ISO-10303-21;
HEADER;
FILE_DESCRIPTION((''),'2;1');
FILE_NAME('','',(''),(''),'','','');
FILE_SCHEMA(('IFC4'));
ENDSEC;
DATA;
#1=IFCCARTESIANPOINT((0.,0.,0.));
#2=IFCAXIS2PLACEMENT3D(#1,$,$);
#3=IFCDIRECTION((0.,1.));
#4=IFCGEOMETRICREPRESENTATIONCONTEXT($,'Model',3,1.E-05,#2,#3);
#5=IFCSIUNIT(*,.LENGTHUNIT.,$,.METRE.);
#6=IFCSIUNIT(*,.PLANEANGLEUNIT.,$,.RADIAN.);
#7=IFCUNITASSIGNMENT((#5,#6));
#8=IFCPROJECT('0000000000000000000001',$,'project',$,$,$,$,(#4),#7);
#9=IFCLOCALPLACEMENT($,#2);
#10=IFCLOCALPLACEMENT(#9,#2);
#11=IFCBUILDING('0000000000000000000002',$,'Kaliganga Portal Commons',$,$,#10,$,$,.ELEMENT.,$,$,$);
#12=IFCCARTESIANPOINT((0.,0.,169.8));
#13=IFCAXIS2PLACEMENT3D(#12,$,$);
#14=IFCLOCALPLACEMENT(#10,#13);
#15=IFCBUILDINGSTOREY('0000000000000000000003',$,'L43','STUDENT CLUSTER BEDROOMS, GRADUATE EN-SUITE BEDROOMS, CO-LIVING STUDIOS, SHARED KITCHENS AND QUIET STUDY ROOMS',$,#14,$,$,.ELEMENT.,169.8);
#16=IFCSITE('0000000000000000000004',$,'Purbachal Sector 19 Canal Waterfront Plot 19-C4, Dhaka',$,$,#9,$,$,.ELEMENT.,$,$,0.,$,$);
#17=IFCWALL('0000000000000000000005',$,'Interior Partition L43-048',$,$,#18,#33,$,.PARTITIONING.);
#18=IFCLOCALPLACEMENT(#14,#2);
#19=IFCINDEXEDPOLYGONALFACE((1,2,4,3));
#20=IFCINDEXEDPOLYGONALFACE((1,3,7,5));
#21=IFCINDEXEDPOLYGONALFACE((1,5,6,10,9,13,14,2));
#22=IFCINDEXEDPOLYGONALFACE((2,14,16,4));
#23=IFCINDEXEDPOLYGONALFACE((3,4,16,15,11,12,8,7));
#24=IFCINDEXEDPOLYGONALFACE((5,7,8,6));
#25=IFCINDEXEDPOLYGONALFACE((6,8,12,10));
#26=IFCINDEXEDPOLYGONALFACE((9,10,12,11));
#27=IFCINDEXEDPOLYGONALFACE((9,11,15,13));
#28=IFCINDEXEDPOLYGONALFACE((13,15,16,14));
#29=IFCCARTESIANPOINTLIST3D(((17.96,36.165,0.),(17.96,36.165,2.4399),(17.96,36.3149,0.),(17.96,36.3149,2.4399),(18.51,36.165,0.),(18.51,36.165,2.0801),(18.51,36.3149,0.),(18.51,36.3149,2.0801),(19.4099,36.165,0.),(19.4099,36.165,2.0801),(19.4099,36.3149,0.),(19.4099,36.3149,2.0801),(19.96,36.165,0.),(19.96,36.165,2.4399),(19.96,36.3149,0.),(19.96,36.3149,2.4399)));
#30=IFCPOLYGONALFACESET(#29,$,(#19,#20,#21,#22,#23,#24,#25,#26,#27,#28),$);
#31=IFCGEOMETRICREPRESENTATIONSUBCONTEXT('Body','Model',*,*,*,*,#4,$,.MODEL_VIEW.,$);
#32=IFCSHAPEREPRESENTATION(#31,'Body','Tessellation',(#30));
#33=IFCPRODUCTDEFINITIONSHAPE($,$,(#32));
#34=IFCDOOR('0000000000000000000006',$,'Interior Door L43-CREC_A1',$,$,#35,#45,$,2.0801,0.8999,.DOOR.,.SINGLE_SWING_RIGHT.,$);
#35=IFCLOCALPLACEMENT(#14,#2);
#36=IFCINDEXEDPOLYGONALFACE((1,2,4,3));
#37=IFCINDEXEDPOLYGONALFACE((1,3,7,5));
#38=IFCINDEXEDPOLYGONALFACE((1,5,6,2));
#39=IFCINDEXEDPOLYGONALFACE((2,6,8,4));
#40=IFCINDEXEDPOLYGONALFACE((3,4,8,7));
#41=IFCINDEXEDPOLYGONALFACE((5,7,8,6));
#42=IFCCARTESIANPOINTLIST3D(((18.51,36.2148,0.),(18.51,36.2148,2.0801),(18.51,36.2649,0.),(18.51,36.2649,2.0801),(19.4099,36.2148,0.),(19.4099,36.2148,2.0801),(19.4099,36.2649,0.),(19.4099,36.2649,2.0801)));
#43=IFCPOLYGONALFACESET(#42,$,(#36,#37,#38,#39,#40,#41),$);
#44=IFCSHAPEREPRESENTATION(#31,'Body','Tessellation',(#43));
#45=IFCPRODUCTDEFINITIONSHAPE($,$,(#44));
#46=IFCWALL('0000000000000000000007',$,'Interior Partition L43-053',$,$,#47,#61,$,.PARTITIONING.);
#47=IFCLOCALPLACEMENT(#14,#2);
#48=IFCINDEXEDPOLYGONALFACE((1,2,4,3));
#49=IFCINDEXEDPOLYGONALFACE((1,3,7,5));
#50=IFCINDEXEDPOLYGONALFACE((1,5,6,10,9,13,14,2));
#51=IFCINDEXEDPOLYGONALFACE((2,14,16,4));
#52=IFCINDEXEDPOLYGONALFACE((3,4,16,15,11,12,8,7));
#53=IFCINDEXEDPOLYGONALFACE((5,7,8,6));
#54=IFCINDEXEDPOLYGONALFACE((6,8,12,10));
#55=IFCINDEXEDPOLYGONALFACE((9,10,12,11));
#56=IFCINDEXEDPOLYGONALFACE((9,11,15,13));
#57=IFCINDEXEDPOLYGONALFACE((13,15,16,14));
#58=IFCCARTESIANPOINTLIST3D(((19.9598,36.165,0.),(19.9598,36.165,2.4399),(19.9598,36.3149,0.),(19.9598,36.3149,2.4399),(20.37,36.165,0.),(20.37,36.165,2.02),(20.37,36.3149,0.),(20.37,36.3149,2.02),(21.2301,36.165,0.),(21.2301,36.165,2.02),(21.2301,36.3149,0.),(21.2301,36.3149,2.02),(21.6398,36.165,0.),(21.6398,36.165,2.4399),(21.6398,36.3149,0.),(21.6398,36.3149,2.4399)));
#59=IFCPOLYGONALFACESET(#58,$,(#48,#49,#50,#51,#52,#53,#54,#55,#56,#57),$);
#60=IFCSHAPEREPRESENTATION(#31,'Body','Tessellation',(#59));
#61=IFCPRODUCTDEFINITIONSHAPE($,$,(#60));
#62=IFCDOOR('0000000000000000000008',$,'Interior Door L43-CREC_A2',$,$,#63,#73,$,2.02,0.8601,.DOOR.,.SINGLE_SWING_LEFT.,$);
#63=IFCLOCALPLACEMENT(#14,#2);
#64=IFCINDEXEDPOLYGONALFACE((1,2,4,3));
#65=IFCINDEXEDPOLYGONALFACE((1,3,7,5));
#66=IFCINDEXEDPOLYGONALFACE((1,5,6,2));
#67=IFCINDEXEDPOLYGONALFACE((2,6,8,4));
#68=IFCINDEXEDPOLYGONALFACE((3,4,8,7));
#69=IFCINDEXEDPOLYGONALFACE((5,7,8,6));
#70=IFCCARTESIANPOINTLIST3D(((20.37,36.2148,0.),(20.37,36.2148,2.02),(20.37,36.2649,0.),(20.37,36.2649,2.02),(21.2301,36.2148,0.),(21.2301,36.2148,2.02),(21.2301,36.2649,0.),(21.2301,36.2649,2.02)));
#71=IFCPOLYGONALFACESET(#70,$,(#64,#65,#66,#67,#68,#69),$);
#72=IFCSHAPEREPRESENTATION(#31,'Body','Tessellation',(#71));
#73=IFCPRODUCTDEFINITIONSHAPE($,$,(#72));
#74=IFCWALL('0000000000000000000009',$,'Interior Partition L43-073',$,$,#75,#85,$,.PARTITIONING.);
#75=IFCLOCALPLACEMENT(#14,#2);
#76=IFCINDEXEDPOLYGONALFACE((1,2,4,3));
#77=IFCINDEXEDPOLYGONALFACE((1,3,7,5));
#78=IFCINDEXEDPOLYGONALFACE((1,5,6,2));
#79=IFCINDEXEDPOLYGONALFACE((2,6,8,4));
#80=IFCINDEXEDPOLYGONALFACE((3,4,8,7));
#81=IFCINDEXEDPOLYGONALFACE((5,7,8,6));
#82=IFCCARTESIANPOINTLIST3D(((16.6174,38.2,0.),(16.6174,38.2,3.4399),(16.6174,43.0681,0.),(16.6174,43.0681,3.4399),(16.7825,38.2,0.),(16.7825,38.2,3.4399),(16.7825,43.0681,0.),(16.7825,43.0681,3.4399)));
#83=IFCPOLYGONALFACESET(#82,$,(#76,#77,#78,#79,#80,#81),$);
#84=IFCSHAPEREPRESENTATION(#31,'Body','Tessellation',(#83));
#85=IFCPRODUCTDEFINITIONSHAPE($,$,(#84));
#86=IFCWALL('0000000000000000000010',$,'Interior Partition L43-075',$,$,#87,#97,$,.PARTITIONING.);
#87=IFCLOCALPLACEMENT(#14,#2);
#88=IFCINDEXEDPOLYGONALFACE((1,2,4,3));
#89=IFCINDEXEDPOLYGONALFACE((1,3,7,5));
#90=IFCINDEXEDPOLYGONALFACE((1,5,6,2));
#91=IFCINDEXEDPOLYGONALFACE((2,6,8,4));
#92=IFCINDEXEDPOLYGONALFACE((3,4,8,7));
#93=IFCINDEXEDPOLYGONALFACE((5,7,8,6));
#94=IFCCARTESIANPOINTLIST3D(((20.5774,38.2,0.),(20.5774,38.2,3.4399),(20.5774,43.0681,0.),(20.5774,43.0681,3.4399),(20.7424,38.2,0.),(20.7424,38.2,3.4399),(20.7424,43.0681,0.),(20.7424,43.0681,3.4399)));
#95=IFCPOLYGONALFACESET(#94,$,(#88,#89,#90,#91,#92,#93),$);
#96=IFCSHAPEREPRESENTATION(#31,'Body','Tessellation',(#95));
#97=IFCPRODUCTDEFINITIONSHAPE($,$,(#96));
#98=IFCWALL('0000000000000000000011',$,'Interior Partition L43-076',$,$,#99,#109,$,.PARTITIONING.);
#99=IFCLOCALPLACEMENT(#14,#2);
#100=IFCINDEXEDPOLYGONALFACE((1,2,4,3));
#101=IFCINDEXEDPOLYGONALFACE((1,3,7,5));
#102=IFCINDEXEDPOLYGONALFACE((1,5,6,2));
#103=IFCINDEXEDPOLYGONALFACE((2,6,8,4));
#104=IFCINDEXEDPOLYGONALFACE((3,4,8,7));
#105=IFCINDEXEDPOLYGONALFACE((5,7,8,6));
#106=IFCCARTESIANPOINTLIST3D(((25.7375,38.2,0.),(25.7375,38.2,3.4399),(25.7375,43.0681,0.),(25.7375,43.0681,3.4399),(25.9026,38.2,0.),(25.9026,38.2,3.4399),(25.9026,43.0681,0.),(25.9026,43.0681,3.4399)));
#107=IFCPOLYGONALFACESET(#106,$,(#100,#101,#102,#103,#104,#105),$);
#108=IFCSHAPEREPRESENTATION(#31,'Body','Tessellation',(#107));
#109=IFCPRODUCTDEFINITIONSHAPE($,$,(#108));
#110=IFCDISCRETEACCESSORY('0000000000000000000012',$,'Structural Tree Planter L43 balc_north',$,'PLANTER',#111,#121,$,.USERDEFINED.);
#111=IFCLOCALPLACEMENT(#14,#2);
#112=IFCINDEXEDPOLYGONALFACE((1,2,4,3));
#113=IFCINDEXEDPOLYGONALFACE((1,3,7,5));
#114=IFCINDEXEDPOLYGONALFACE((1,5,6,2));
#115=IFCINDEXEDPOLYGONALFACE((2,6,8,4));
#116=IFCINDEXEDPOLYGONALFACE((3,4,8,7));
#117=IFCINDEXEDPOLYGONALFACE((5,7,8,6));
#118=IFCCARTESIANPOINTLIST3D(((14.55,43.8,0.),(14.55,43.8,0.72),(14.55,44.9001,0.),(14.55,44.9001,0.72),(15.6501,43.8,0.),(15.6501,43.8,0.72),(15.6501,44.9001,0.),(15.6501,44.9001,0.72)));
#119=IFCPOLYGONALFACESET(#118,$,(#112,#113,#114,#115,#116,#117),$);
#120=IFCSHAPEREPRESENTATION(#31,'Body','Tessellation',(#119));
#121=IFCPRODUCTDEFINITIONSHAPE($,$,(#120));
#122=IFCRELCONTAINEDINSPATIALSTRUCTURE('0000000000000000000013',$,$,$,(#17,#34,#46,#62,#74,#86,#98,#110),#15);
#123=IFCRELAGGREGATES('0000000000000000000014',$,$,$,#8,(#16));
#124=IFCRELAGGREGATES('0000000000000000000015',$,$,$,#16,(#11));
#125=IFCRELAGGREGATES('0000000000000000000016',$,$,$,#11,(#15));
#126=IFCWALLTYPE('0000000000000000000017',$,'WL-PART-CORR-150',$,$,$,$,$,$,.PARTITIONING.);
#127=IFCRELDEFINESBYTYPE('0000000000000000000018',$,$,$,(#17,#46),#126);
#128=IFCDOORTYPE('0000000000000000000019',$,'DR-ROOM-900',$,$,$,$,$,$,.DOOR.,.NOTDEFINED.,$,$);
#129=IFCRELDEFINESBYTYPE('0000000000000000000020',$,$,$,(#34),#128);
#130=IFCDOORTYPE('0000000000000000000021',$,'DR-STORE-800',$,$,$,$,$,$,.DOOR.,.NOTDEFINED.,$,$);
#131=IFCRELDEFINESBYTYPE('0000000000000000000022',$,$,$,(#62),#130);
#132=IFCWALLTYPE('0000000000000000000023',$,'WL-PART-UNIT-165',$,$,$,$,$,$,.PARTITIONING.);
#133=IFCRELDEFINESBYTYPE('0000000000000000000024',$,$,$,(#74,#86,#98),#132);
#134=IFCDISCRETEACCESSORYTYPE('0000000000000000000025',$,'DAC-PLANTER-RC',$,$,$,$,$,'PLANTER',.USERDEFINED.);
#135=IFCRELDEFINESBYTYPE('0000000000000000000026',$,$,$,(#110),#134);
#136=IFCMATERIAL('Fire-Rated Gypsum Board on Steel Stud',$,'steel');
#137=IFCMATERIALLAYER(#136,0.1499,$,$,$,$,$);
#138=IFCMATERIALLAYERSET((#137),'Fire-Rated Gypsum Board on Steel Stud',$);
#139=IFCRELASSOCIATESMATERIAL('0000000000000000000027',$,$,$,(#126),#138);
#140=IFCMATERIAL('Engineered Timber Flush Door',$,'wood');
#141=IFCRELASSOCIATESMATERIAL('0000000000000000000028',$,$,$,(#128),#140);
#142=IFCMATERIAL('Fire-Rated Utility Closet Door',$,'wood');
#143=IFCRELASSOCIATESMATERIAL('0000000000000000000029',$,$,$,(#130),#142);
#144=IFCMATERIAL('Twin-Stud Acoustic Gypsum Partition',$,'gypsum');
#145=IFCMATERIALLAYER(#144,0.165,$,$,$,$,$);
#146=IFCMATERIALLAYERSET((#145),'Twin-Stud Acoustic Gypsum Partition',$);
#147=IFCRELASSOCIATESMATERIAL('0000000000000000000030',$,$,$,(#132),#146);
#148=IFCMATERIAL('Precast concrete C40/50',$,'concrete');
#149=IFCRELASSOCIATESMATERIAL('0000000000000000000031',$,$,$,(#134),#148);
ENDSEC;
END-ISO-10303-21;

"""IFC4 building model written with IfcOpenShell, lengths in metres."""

from ifc_helpers import new_model, si_unit, direction, frame, frame_2d, origin, origin_2d, place, context, subcontext, project, spatial, rectangle, extrude, source, transform, mapped, material, layer, layer_set, type_object, element, fill, save


model = new_model("IFC4")

# Units and contexts
model_context = context("Model", 3, precision=1e-05, world=origin(), true_north=direction((0.0, 1.0)))
body_context = subcontext(model_context, "Body", "Model", "MODEL_VIEW")
ifc_project = project(units=[si_unit("LENGTHUNIT", "METRE"), si_unit("PLANEANGLEUNIT", "RADIAN")], contexts=[model_context])

# Site, building, storey
site_placement = place(None, origin())
site = spatial("IfcSite", under=ifc_project, at=site_placement, Name="Purbachal Sector 19 Canal Waterfront Plot 19-C4, Dhaka", CompositionType="ELEMENT", RefElevation=0.0)
building_placement = place(site_placement, origin())
building = spatial("IfcBuilding", under=site, at=building_placement, Name="Kaliganga Portal Commons", CompositionType="ELEMENT")
storey_placement = place(building_placement, frame((0.0, 0.0, 169.8)))
storey = spatial("IfcBuildingStorey", under=building, at=storey_placement, Name="L43", Description="STUDENT CLUSTER BEDROOMS, GRADUATE EN-SUITE BEDROOMS, CO-LIVING STUDIOS, SHARED KITCHENS AND QUIET STUDY ROOMS", CompositionType="ELEMENT", Elevation=169.8)

# Walls, openings, doors
ifc_material_1 = material(Name="Fire-Rated Gypsum Board on Steel Stud", Category="steel")
ifc_layer_1 = layer(ifc_material_1, 0.1499)
ifc_layer_set_1 = layer_set([ifc_layer_1], Name="Fire-Rated Gypsum Board on Steel Stud")
wall_type_1 = type_object("IfcWallType", Name="WL-PART-CORR-150", PredefinedType="PARTITIONING", material=ifc_layer_set_1)
ifc_material_2 = material(Name="Engineered Timber Flush Door", Category="wood")
door_type_1 = type_object("IfcDoorType", Name="DR-ROOM-900", OperationType="NOTDEFINED", PredefinedType="DOOR", material=ifc_material_2)
wall_1_placement = place(storey_placement, frame((17.96, 36.24, 0.0), z_axis=(0.0, 0.0, 1.0), x_axis=(1.0, 0.0, 0.0)))
wall_1 = element("IfcWall", 1, at=wall_1_placement, inside=storey, type_object=wall_type_1, Name="Interior Partition L43-048", PredefinedType="PARTITIONING", context=body_context, shape_type="SweptSolid", body=[
    extrude(rectangle(XDim=2.0, YDim=0.1499, at=frame_2d((1.0, 0.0))), origin(), (0.0, 0.0, 1.0), 2.4399),
])
opening_1_placement = place(wall_1_placement, frame((0.55, 0.0, 0.0)))
opening_1 = element("IfcOpeningElement", 2, at=opening_1_placement, cuts=wall_1, PredefinedType="OPENING", context=body_context, shape_type="SweptSolid", body=[
    extrude(rectangle(XDim=0.8999, YDim=2.0801, at=frame_2d((0.45, 1.04))), frame((0.0, 0.085, 0.0), z_axis=(0.0, -1.0, 0.0), x_axis=(1.0, 0.0, 0.0)), (0.0, 0.0, 1.0), 0.1699),
])
door_1_placement = place(opening_1_placement, origin())
door_1 = element("IfcDoor", 3, at=door_1_placement, inside=storey, type_object=door_type_1, Name="Interior Door L43-CREC_A1", OperationType="SINGLE_SWING_RIGHT", OverallHeight=2.0801, OverallWidth=0.8999, PredefinedType="DOOR", context=body_context, shape_type="SweptSolid", body=[
    extrude(rectangle(XDim=0.8999, YDim=2.0801, at=frame_2d((0.45, 1.04))), frame((0.0, 0.0249, 0.0), z_axis=(0.0, -1.0, 0.0), x_axis=(1.0, 0.0, 0.0)), (0.0, 0.0, 1.0), 0.05),
])
fill(opening_1, door_1)
wall_2_placement = place(storey_placement, frame((19.96, 36.24, 0.0), z_axis=(0.0, 0.0, 1.0), x_axis=(1.0, 0.0, 0.0)))
wall_2 = element("IfcWall", 4, at=wall_2_placement, inside=storey, type_object=wall_type_1, Name="Interior Partition L43-053", PredefinedType="PARTITIONING", context=body_context, shape_type="SweptSolid", body=[
    extrude(rectangle(XDim=1.6799, YDim=0.1499, at=frame_2d((0.8398, 0.0))), origin(), (0.0, 0.0, 1.0), 2.4399),
])
opening_2_placement = place(wall_2_placement, frame((0.4099, 0.0, 0.0)))
opening_2 = element("IfcOpeningElement", 5, at=opening_2_placement, cuts=wall_2, PredefinedType="OPENING", context=body_context, shape_type="SweptSolid", body=[
    extrude(rectangle(XDim=0.8601, YDim=2.02, at=frame_2d((0.4302, 1.01))), frame((0.0, 0.085, 0.0), z_axis=(0.0, -1.0, 0.0), x_axis=(1.0, 0.0, 0.0)), (0.0, 0.0, 1.0), 0.1699),
])
ifc_material_3 = material(Name="Fire-Rated Utility Closet Door", Category="wood")
door_type_2 = type_object("IfcDoorType", Name="DR-STORE-800", OperationType="NOTDEFINED", PredefinedType="DOOR", material=ifc_material_3)
door_2_placement = place(opening_2_placement, origin())
door_2 = element("IfcDoor", 6, at=door_2_placement, inside=storey, type_object=door_type_2, Name="Interior Door L43-CREC_A2", OperationType="SINGLE_SWING_LEFT", OverallHeight=2.02, OverallWidth=0.8601, PredefinedType="DOOR", context=body_context, shape_type="SweptSolid", body=[
    extrude(rectangle(XDim=0.8601, YDim=2.02, at=frame_2d((0.4302, 1.01))), frame((0.0, 0.0249, 0.0), z_axis=(0.0, -1.0, 0.0), x_axis=(1.0, 0.0, 0.0)), (0.0, 0.0, 1.0), 0.05),
])
fill(opening_2, door_2)

# Walls
ifc_material_4 = material(Name="Twin-Stud Acoustic Gypsum Partition", Category="gypsum")
ifc_layer_2 = layer(ifc_material_4, 0.165)
ifc_layer_set_2 = layer_set([ifc_layer_2], Name="Twin-Stud Acoustic Gypsum Partition")
wall_type_2 = type_object("IfcWallType", Name="WL-PART-UNIT-165", PredefinedType="PARTITIONING", material=ifc_layer_set_2)
for number, where, z_axis, x_axis, name in (
    (7, (16.7, 38.2, 0.0), (0.0, 0.0, 1.0), (0.0, 1.0, 0.0), "Interior Partition L43-073"),
    (8, (20.6599, 38.2, 0.0), (0.0, 0.0, 1.0), (0.0, 1.0, 0.0), "Interior Partition L43-075"),
    (9, (25.8201, 38.2, 0.0), (0.0, 0.0, 1.0), (0.0, 1.0, 0.0), "Interior Partition L43-076"),
):
    element("IfcWall", number, at=place(storey_placement, frame(where, z_axis=z_axis, x_axis=x_axis)), inside=storey, type_object=wall_type_2, Name=name, PredefinedType="PARTITIONING", context=body_context, shape_type="SweptSolid", body=[
        extrude(rectangle(XDim=4.8682, YDim=0.165, at=frame_2d((2.4341, 0.0))), origin(), (0.0, 0.0, 1.0), 3.4399),
    ])

# Discrete accessory
ifc_material_5 = material(Name="Precast concrete C40/50", Category="concrete")
discrete_accessory_type = type_object("IfcDiscreteAccessoryType", Name="DAC-PLANTER-RC", ElementType="PLANTER", PredefinedType="USERDEFINED", material=ifc_material_5)
shared_shape_1 = source(origin(), body_context, "Body", "SweptSolid", [
    extrude(rectangle(XDim=1.1001, YDim=1.1001, at=origin_2d()), origin(), (0.0, 0.0, 1.0), 0.72),
])
discrete_accessory_placement = place(storey_placement, frame((15.1001, 44.3501, 0.0), z_axis=(0.0, 0.0, 1.0), x_axis=(1.0, 0.0, 0.0)))
element("IfcDiscreteAccessory", 10, at=discrete_accessory_placement, inside=storey, type_object=discrete_accessory_type, Name="Structural Tree Planter L43 balc_north", ObjectType="PLANTER", PredefinedType="USERDEFINED", context=body_context, shape_type="MappedRepresentation", body=[
    mapped(shared_shape_1, transform((0.0, 0.0, 0.0), x_axis=(1.0, 0.0, 0.0), y_axis=(0.0, 1.0, 0.0), z_axis=(0.0, 0.0, 1.0), scale=1.0)),
])

save(model, "model.ifc")
